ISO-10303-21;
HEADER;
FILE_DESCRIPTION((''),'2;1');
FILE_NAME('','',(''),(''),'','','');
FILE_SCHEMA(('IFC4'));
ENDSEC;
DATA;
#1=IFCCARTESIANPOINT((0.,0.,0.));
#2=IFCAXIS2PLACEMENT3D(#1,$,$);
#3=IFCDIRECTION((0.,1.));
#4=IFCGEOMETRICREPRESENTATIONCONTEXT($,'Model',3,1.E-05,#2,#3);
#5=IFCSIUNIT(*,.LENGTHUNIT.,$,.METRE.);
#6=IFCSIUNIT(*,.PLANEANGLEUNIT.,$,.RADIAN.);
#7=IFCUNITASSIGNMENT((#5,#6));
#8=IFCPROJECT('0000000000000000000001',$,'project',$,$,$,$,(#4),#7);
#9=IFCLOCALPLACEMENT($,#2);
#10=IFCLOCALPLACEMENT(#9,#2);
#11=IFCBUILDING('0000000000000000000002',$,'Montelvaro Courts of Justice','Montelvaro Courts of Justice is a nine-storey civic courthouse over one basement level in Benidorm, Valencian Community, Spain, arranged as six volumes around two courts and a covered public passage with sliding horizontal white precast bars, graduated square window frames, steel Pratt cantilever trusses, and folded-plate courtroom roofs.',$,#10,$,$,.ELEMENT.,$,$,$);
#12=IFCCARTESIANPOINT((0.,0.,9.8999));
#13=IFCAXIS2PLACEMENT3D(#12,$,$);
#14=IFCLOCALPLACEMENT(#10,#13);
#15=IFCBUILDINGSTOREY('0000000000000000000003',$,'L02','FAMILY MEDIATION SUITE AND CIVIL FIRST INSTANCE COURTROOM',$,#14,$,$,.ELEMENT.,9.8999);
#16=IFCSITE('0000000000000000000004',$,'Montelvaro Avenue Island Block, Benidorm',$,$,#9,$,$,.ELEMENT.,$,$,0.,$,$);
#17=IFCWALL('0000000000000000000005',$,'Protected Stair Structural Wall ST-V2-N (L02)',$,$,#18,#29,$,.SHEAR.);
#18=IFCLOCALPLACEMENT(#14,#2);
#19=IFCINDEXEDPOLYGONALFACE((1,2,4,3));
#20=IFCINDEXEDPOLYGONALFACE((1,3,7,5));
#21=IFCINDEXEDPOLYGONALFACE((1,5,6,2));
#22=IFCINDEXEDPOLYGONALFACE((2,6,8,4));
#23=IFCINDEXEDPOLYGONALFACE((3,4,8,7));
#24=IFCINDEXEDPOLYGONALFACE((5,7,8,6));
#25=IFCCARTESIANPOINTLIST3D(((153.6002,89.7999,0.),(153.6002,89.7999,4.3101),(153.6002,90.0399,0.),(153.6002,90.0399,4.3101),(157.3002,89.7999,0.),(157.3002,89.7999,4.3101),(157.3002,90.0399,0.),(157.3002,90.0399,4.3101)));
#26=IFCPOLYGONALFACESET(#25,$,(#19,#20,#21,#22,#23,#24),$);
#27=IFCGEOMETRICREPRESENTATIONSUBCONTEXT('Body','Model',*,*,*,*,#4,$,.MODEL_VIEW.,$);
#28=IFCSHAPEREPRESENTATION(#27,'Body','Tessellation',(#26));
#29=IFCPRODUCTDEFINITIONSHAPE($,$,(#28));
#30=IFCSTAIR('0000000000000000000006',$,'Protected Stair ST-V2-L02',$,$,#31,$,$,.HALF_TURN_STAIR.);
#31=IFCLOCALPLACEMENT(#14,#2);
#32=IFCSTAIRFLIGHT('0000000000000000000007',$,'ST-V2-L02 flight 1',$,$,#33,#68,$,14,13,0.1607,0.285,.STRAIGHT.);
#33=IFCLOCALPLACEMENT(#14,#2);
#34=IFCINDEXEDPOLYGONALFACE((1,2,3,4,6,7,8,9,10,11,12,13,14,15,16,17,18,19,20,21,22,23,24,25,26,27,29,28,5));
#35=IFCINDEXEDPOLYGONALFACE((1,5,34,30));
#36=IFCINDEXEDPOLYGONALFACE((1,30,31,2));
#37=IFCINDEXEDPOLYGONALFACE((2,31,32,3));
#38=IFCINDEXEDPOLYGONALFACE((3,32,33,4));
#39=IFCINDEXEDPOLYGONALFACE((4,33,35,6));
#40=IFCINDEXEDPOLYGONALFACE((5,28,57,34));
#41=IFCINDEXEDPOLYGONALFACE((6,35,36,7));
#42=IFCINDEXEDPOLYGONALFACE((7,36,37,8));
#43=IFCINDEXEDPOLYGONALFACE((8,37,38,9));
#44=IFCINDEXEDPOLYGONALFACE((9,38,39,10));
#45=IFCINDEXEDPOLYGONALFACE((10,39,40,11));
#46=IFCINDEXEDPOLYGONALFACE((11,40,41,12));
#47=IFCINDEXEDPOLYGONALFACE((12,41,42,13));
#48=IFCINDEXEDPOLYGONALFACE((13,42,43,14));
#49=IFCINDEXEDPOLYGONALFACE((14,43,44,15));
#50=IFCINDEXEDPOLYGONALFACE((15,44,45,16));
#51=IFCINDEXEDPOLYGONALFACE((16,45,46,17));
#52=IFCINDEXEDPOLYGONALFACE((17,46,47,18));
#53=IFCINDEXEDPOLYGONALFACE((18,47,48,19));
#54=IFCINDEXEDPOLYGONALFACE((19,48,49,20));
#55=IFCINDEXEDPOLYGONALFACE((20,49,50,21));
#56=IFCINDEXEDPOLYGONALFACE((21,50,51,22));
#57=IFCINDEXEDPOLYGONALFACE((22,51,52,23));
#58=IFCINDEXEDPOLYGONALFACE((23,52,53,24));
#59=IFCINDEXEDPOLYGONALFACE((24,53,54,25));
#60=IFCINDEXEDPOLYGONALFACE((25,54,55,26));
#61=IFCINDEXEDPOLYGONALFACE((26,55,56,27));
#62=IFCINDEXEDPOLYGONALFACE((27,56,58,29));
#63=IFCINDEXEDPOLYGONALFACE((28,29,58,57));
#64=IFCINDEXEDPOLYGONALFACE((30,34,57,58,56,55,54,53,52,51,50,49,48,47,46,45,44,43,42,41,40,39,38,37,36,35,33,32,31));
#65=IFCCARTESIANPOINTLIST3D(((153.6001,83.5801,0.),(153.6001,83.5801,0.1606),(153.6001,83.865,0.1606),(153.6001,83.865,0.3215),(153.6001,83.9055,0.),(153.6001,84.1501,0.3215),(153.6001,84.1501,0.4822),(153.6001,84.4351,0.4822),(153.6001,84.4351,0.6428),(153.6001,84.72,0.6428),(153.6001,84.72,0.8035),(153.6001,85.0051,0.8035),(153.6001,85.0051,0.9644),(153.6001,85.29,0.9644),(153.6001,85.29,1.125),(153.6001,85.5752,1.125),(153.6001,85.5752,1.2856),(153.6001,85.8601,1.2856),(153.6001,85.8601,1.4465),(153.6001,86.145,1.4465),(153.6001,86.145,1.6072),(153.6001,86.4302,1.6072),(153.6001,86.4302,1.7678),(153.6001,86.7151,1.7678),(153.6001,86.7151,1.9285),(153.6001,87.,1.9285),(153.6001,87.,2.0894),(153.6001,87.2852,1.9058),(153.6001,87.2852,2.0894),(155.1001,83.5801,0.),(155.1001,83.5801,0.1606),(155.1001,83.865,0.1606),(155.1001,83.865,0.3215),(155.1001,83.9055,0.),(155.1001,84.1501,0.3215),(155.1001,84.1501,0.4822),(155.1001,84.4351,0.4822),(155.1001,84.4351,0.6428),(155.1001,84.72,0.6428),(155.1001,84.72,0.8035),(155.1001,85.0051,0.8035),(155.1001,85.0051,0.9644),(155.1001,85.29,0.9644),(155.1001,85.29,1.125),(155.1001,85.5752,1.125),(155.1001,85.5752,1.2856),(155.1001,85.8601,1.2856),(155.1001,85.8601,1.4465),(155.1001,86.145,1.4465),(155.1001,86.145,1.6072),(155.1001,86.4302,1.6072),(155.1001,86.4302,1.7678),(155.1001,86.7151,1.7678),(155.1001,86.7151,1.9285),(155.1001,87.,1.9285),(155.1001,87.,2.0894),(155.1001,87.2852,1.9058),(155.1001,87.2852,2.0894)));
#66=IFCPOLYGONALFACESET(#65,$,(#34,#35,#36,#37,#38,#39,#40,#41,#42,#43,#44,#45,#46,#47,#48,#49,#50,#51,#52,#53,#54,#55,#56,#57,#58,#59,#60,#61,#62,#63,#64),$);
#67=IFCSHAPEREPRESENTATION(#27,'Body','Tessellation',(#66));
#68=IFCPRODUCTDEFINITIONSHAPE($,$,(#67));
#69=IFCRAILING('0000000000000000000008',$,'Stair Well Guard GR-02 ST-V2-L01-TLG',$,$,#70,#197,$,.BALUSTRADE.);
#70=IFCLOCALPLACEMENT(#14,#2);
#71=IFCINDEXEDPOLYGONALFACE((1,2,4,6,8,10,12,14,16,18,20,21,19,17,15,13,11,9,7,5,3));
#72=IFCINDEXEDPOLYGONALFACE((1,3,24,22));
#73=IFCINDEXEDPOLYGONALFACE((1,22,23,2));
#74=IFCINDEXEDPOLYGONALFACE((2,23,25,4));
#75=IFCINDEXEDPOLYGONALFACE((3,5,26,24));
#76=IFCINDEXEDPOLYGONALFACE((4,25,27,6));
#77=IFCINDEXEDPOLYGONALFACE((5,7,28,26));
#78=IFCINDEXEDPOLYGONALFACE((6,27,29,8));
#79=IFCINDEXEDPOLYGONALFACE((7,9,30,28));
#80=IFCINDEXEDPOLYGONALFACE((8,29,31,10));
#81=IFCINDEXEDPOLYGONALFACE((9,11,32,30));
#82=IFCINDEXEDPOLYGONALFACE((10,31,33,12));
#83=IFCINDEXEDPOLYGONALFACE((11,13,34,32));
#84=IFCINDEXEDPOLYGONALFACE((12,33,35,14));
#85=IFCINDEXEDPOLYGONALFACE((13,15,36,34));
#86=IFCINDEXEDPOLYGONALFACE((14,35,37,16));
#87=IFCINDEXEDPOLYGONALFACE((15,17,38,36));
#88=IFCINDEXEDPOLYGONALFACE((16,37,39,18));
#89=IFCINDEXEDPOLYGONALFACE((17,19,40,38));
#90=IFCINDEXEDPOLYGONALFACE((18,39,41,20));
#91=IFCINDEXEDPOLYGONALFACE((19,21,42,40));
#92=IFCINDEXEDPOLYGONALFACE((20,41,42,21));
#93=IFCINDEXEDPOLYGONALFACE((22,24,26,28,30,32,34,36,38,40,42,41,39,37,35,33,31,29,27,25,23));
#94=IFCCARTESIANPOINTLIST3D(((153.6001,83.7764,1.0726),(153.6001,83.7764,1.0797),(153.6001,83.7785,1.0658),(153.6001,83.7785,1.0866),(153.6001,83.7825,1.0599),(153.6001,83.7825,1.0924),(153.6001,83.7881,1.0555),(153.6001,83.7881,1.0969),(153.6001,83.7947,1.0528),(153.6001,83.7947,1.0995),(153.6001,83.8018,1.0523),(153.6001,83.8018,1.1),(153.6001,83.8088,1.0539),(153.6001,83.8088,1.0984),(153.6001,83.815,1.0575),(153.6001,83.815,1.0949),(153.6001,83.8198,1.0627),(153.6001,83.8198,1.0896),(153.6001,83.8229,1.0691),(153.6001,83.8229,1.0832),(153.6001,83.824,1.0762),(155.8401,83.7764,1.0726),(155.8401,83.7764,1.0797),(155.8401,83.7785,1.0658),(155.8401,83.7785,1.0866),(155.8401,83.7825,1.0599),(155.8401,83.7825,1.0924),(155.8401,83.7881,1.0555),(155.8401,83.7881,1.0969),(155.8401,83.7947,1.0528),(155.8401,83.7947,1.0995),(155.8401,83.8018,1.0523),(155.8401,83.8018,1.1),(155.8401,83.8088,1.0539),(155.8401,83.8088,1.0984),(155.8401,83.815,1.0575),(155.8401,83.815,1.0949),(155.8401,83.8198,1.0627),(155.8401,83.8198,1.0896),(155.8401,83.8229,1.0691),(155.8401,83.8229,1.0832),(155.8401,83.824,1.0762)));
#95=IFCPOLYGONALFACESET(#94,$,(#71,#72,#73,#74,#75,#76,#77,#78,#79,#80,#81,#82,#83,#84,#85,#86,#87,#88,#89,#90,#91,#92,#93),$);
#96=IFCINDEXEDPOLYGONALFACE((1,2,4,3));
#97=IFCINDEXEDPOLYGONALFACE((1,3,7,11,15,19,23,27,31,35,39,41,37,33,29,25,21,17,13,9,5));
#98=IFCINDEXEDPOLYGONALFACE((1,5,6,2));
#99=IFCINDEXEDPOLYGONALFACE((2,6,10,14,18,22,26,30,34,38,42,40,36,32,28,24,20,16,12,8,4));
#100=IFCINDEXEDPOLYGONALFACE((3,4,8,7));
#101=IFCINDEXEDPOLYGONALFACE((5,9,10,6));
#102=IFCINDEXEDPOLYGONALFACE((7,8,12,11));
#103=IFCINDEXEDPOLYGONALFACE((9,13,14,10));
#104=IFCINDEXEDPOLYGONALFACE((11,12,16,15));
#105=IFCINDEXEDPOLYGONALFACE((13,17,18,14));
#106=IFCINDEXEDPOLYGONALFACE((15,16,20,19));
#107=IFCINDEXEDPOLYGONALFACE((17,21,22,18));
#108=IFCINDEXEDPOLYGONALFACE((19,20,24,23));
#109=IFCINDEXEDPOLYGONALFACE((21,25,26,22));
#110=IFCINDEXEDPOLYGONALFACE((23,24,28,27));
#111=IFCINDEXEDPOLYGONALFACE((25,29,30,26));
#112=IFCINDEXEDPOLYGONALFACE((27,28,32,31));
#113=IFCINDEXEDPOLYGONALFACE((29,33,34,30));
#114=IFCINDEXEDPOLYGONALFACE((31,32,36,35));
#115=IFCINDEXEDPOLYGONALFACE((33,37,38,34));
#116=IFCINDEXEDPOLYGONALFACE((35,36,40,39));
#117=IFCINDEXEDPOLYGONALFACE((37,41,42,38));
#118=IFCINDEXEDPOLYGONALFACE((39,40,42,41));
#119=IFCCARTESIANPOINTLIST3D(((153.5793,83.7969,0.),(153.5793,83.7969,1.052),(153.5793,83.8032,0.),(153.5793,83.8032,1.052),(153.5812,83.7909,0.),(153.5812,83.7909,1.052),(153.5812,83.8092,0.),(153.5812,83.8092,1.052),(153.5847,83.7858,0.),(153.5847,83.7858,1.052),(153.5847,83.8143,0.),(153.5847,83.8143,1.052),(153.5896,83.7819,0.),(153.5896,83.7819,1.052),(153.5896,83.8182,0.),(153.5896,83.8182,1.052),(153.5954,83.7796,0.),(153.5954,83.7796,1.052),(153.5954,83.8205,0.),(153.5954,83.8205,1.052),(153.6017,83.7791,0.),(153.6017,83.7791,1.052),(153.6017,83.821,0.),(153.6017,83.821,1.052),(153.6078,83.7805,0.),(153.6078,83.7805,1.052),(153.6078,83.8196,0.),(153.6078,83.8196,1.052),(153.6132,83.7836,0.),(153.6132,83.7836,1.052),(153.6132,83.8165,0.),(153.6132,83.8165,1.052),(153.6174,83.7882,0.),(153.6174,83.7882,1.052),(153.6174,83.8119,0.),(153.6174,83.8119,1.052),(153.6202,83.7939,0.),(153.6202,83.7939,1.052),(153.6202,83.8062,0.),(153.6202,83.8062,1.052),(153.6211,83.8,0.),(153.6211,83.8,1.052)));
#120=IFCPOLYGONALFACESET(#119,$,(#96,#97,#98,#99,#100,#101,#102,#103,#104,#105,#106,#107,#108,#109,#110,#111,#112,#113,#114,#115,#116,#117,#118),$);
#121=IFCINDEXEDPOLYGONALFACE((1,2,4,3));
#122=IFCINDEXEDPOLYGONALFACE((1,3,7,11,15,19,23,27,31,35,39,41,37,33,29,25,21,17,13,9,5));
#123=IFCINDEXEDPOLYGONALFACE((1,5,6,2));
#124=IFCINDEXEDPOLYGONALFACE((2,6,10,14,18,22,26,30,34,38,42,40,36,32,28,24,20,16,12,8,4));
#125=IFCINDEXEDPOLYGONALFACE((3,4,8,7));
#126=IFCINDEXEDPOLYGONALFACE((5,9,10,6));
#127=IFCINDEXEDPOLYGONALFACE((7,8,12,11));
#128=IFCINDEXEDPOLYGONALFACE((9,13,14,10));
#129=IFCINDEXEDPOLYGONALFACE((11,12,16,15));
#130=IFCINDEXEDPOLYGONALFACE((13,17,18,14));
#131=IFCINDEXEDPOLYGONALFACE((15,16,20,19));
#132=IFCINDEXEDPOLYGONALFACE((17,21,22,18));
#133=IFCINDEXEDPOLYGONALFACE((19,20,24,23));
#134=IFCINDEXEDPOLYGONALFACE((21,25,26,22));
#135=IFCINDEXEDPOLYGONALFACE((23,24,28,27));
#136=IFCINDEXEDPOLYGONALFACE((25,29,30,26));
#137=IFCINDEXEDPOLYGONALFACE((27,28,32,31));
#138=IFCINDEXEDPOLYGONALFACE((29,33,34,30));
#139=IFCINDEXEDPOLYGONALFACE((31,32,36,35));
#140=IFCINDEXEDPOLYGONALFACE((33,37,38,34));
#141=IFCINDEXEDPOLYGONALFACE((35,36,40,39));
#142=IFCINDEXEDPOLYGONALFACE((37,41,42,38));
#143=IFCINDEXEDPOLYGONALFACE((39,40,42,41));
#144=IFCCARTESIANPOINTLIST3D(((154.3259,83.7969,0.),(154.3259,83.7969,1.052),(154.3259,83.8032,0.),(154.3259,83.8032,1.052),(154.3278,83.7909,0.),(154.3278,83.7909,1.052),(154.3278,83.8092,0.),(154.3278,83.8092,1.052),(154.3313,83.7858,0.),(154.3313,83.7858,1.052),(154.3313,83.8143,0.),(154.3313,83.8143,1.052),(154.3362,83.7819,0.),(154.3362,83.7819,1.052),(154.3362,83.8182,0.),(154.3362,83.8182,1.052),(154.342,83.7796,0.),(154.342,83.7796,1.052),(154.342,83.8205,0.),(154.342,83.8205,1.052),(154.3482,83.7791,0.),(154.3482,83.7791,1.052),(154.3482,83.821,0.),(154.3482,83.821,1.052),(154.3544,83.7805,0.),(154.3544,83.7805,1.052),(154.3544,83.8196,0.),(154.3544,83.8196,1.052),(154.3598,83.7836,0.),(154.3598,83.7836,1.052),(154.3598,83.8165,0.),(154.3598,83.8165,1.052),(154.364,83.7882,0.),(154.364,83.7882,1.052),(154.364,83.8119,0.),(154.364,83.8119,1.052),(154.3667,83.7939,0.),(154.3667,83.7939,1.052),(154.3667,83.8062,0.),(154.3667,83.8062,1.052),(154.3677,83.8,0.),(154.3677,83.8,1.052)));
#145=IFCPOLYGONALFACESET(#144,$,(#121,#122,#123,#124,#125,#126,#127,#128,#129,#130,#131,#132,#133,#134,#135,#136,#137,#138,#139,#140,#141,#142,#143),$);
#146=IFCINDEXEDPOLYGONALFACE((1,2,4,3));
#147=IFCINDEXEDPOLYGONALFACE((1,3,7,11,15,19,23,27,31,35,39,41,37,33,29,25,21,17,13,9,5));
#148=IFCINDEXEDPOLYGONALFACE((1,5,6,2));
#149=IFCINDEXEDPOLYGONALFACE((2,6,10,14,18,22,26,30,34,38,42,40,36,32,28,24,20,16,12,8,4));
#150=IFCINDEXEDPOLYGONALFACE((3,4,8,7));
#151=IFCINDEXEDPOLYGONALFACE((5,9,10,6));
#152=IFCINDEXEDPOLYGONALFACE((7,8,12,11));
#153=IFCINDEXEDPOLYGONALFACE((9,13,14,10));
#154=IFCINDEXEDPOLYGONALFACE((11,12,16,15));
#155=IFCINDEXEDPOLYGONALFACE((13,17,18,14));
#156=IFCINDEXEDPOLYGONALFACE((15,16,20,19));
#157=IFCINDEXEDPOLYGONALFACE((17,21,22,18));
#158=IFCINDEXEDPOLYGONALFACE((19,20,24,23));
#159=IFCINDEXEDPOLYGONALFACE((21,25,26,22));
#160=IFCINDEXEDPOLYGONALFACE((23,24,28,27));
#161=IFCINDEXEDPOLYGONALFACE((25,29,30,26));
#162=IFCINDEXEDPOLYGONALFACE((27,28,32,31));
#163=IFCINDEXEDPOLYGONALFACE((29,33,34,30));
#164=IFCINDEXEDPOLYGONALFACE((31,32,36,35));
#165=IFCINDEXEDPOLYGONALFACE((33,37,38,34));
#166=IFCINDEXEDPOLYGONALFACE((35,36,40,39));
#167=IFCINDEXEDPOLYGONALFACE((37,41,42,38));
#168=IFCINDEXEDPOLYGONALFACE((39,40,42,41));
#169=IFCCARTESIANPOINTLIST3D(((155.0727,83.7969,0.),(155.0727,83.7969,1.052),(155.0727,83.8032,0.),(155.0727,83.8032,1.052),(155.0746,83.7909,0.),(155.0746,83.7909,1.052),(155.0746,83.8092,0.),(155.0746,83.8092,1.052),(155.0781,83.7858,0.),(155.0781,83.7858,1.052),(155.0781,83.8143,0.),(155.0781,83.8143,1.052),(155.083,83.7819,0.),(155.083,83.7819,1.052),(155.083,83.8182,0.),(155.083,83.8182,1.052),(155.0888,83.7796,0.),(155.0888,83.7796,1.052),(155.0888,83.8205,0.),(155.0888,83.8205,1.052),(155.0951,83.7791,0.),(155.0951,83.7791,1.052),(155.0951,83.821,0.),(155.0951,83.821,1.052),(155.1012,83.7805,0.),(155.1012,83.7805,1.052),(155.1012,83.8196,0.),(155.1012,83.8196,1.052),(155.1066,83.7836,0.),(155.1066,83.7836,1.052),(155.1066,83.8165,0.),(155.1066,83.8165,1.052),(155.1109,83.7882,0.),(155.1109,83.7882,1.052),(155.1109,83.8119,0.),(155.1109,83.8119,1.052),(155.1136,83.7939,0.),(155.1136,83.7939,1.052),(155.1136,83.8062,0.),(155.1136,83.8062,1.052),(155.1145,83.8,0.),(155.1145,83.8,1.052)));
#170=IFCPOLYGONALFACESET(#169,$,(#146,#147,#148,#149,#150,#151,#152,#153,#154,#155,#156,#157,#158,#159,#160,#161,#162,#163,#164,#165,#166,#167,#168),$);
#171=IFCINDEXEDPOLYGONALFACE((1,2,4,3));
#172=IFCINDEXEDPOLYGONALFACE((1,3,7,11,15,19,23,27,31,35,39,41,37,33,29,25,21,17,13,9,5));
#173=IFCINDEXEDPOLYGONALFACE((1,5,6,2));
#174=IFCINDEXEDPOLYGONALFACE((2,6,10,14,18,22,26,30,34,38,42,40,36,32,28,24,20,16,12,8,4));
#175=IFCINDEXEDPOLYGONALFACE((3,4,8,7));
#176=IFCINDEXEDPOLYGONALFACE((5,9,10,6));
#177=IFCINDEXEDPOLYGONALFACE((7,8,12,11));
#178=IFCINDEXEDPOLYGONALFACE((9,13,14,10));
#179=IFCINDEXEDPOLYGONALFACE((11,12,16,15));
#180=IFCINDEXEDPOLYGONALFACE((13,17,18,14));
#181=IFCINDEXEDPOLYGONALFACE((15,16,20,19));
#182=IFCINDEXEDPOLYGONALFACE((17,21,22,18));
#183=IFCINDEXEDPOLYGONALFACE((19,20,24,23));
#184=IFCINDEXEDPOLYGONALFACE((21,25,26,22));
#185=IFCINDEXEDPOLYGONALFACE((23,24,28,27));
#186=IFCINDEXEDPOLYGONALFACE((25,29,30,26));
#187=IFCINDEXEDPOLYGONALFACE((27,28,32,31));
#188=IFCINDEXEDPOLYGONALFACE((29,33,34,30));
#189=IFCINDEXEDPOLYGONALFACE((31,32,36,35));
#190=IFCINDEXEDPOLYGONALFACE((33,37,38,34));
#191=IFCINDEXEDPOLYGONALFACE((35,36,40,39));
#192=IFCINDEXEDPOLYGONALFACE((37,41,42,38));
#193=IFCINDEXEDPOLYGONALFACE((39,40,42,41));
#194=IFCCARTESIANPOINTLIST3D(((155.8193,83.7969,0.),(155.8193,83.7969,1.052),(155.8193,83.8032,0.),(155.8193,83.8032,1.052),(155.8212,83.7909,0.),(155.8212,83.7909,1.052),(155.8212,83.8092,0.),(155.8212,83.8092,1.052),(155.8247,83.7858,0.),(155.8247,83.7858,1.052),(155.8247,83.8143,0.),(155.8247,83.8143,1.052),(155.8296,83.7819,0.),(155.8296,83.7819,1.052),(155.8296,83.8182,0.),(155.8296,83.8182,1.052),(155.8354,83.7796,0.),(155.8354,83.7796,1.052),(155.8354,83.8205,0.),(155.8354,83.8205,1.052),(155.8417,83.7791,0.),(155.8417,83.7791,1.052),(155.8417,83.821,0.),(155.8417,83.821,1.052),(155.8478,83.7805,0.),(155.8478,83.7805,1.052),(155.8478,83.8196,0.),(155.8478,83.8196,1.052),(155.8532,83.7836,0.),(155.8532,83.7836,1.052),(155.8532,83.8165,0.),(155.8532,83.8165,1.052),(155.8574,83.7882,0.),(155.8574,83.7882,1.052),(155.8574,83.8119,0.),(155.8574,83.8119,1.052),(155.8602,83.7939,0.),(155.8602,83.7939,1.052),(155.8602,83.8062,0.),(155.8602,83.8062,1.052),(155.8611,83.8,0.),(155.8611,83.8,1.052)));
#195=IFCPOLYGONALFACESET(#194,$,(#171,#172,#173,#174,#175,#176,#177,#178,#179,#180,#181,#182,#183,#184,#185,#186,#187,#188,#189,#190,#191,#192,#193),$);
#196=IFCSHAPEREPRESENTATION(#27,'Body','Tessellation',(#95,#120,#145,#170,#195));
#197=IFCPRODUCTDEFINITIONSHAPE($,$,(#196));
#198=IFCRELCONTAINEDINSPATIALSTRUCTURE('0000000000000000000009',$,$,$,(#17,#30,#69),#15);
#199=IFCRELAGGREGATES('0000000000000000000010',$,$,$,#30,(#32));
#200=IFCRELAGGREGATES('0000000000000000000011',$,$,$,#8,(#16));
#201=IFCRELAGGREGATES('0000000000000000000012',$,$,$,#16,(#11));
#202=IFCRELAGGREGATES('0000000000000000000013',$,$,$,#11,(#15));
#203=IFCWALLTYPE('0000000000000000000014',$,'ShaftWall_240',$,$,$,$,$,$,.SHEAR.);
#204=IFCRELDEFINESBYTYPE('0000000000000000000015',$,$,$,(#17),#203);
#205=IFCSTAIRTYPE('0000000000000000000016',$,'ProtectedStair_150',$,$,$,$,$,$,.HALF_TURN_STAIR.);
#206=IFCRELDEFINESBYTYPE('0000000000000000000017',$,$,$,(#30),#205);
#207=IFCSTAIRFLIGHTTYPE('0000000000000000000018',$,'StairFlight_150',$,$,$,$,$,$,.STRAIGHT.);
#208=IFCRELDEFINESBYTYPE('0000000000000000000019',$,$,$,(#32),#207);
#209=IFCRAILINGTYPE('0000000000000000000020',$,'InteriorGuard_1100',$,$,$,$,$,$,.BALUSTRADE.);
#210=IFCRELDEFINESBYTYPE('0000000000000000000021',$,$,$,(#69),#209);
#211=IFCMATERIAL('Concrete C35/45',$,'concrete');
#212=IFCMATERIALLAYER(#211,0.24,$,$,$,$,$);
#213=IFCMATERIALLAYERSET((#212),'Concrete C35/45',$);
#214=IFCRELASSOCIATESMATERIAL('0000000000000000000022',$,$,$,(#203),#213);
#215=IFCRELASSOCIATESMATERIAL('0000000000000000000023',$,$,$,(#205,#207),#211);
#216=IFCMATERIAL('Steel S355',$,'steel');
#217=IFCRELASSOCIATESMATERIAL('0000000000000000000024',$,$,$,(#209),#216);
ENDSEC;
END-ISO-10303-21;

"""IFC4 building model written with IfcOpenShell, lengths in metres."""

from ifc_helpers import new_model, si_unit, direction, frame, frame_2d, origin, origin_2d, place, context, subcontext, project, spatial, polyline, rectangle, circle, outline, extrude, material, layer, layer_set, type_object, element, aggregate, save


model = new_model("IFC4")

# Units and contexts
model_context = context("Model", 3, precision=1e-05, world=origin(), true_north=direction((0.0, 1.0)))
body_context = subcontext(model_context, "Body", "Model", "MODEL_VIEW")
ifc_project = project(units=[si_unit("LENGTHUNIT", "METRE"), si_unit("PLANEANGLEUNIT", "RADIAN")], contexts=[model_context])

# Site, building, storey
site_placement = place(None, origin())
site = spatial("IfcSite", under=ifc_project, at=site_placement, Name="Montelvaro Avenue Island Block, Benidorm", CompositionType="ELEMENT", RefElevation=0.0)
building_placement = place(site_placement, origin())
building = spatial("IfcBuilding", under=site, at=building_placement, Name="Montelvaro Courts of Justice", Description="Montelvaro Courts of Justice is a nine-storey civic courthouse over one basement level in Benidorm, Valencian Community, Spain, arranged as six volumes around two courts and a covered public passage with sliding horizontal white precast bars, graduated square window frames, steel Pratt cantilever trusses, and folded-plate courtroom roofs.", CompositionType="ELEMENT")
storey_placement = place(building_placement, frame((0.0, 0.0, 9.8999)))
storey = spatial("IfcBuildingStorey", under=building, at=storey_placement, Name="L02", Description="FAMILY MEDIATION SUITE AND CIVIL FIRST INSTANCE COURTROOM", CompositionType="ELEMENT", Elevation=9.8999)

# Shared definitions
ifc_material_1 = material(Name="Steel S355", Category="steel")

# Wall
ifc_material_2 = material(Name="Concrete C35/45", Category="concrete")
ifc_layer_1 = layer(ifc_material_2, 0.24)
ifc_layer_set_1 = layer_set([ifc_layer_1], Name="Concrete C35/45")
wall_type_1 = type_object("IfcWallType", Name="ShaftWall_240", PredefinedType="SHEAR", material=ifc_layer_set_1)
for number, where, z_axis, x_axis, name in (
    (1, (153.6001, 89.9199, 0.0), (0.0, 0.0, 1.0), (1.0, 0.0, 0.0), "Protected Stair Structural Wall ST-V2-N (L02)"),
):
    element("IfcWall", number, at=place(storey_placement, frame(where, z_axis=z_axis, x_axis=x_axis)), inside=storey, type_object=wall_type_1, Name=name, PredefinedType="SHEAR", context=body_context, shape_type="SweptSolid", body=[
        extrude(rectangle(XDim=3.7, YDim=0.24, at=frame_2d((1.8501, 0.0))), origin(), (0.0, 0.0, 1.0), 4.3101),
    ])

# Stair, stair flight
stair_type = type_object("IfcStairType", Name="ProtectedStair_150", PredefinedType="HALF_TURN_STAIR", material=ifc_material_2)
stair_placement = place(storey_placement, origin())
stair = element("IfcStair", 2, at=stair_placement, inside=storey, type_object=stair_type, Name="Protected Stair ST-V2-L02", PredefinedType="HALF_TURN_STAIR")
stair_flight_type = type_object("IfcStairFlightType", Name="StairFlight_150", PredefinedType="STRAIGHT", material=ifc_material_2)
stair_flight_placement = place(storey_placement, frame((154.3501, 83.5801, 0.0), z_axis=(0.0, 0.0, 1.0), x_axis=(0.0, 1.0, 0.0)))
stair_flight = element("IfcStairFlight", 3, at=stair_flight_placement, type_object=stair_flight_type, Name="ST-V2-L02 flight 1", NumberOfRisers=14, NumberOfTreads=13, PredefinedType="STRAIGHT", RiserHeight=0.1607, TreadLength=0.285, context=body_context, shape_type="SweptSolid", body=[
    extrude(outline(polyline([(0.0, 0.0), (0.0, 0.1606), (0.2849, 0.1606), (0.2849, 0.3215), (0.5701, 0.3215), (0.5701, 0.4822), (0.855, 0.4822), (0.855, 0.6428), (1.1399, 0.6428), (1.1399, 0.8035), (1.425, 0.8035), (1.425, 0.9644), (1.71, 0.9644), (1.71, 1.125), (1.9951, 1.125), (1.9951, 1.2856), (2.28, 1.2856), (2.28, 1.4465), (2.5649, 1.4465), (2.5649, 1.6072), (2.8501, 1.6072), (2.8501, 1.7678), (3.135, 1.7678), (3.135, 1.9285), (3.4199, 1.9285), (3.4199, 2.0894), (3.7051, 2.0894), (3.7051, 2.25), (3.7051, 1.9058), (0.3254, 0.0), (0.0, 0.0)])), frame((0.0, 0.75, 0.0), z_axis=(0.0, -1.0, 0.0), x_axis=(1.0, 0.0, 0.0)), (0.0, 0.0, 1.0), 1.5),
])
aggregate(stair, [stair_flight])

# Railing
railing_type_1 = type_object("IfcRailingType", Name="InteriorGuard_1100", PredefinedType="BALUSTRADE", material=ifc_material_1)
railing_1_placement = place(storey_placement, frame((153.6001, 83.8, 0.0)))
element("IfcRailing", 4, at=railing_1_placement, inside=storey, type_object=railing_type_1, Name="Stair Well Guard GR-02 ST-V2-L01-TLG", PredefinedType="BALUSTRADE", context=body_context, shape_type="SweptSolid", body=[
    extrude(circle(Radius=0.0239, at=origin_2d()), frame((0.0, 0.0, 1.0762), z_axis=(1.0, 0.0, 0.0), x_axis=(0.0, 1.0, 0.0)), (0.0, 0.0, 1.0), 2.24),
    extrude(circle(Radius=0.021, at=origin_2d()), origin(), (0.0, 0.0, 1.0), 1.052),
    extrude(circle(Radius=0.021, at=origin_2d()), frame((0.7466, 0.0, 0.0)), (0.0, 0.0, 1.0), 1.052),
    extrude(circle(Radius=0.021, at=origin_2d()), frame((1.4934, 0.0, 0.0)), (0.0, 0.0, 1.0), 1.052),
    extrude(circle(Radius=0.021, at=origin_2d()), frame((2.24, 0.0, 0.0)), (0.0, 0.0, 1.0), 1.052),
])

save(model, "model.ifc")
